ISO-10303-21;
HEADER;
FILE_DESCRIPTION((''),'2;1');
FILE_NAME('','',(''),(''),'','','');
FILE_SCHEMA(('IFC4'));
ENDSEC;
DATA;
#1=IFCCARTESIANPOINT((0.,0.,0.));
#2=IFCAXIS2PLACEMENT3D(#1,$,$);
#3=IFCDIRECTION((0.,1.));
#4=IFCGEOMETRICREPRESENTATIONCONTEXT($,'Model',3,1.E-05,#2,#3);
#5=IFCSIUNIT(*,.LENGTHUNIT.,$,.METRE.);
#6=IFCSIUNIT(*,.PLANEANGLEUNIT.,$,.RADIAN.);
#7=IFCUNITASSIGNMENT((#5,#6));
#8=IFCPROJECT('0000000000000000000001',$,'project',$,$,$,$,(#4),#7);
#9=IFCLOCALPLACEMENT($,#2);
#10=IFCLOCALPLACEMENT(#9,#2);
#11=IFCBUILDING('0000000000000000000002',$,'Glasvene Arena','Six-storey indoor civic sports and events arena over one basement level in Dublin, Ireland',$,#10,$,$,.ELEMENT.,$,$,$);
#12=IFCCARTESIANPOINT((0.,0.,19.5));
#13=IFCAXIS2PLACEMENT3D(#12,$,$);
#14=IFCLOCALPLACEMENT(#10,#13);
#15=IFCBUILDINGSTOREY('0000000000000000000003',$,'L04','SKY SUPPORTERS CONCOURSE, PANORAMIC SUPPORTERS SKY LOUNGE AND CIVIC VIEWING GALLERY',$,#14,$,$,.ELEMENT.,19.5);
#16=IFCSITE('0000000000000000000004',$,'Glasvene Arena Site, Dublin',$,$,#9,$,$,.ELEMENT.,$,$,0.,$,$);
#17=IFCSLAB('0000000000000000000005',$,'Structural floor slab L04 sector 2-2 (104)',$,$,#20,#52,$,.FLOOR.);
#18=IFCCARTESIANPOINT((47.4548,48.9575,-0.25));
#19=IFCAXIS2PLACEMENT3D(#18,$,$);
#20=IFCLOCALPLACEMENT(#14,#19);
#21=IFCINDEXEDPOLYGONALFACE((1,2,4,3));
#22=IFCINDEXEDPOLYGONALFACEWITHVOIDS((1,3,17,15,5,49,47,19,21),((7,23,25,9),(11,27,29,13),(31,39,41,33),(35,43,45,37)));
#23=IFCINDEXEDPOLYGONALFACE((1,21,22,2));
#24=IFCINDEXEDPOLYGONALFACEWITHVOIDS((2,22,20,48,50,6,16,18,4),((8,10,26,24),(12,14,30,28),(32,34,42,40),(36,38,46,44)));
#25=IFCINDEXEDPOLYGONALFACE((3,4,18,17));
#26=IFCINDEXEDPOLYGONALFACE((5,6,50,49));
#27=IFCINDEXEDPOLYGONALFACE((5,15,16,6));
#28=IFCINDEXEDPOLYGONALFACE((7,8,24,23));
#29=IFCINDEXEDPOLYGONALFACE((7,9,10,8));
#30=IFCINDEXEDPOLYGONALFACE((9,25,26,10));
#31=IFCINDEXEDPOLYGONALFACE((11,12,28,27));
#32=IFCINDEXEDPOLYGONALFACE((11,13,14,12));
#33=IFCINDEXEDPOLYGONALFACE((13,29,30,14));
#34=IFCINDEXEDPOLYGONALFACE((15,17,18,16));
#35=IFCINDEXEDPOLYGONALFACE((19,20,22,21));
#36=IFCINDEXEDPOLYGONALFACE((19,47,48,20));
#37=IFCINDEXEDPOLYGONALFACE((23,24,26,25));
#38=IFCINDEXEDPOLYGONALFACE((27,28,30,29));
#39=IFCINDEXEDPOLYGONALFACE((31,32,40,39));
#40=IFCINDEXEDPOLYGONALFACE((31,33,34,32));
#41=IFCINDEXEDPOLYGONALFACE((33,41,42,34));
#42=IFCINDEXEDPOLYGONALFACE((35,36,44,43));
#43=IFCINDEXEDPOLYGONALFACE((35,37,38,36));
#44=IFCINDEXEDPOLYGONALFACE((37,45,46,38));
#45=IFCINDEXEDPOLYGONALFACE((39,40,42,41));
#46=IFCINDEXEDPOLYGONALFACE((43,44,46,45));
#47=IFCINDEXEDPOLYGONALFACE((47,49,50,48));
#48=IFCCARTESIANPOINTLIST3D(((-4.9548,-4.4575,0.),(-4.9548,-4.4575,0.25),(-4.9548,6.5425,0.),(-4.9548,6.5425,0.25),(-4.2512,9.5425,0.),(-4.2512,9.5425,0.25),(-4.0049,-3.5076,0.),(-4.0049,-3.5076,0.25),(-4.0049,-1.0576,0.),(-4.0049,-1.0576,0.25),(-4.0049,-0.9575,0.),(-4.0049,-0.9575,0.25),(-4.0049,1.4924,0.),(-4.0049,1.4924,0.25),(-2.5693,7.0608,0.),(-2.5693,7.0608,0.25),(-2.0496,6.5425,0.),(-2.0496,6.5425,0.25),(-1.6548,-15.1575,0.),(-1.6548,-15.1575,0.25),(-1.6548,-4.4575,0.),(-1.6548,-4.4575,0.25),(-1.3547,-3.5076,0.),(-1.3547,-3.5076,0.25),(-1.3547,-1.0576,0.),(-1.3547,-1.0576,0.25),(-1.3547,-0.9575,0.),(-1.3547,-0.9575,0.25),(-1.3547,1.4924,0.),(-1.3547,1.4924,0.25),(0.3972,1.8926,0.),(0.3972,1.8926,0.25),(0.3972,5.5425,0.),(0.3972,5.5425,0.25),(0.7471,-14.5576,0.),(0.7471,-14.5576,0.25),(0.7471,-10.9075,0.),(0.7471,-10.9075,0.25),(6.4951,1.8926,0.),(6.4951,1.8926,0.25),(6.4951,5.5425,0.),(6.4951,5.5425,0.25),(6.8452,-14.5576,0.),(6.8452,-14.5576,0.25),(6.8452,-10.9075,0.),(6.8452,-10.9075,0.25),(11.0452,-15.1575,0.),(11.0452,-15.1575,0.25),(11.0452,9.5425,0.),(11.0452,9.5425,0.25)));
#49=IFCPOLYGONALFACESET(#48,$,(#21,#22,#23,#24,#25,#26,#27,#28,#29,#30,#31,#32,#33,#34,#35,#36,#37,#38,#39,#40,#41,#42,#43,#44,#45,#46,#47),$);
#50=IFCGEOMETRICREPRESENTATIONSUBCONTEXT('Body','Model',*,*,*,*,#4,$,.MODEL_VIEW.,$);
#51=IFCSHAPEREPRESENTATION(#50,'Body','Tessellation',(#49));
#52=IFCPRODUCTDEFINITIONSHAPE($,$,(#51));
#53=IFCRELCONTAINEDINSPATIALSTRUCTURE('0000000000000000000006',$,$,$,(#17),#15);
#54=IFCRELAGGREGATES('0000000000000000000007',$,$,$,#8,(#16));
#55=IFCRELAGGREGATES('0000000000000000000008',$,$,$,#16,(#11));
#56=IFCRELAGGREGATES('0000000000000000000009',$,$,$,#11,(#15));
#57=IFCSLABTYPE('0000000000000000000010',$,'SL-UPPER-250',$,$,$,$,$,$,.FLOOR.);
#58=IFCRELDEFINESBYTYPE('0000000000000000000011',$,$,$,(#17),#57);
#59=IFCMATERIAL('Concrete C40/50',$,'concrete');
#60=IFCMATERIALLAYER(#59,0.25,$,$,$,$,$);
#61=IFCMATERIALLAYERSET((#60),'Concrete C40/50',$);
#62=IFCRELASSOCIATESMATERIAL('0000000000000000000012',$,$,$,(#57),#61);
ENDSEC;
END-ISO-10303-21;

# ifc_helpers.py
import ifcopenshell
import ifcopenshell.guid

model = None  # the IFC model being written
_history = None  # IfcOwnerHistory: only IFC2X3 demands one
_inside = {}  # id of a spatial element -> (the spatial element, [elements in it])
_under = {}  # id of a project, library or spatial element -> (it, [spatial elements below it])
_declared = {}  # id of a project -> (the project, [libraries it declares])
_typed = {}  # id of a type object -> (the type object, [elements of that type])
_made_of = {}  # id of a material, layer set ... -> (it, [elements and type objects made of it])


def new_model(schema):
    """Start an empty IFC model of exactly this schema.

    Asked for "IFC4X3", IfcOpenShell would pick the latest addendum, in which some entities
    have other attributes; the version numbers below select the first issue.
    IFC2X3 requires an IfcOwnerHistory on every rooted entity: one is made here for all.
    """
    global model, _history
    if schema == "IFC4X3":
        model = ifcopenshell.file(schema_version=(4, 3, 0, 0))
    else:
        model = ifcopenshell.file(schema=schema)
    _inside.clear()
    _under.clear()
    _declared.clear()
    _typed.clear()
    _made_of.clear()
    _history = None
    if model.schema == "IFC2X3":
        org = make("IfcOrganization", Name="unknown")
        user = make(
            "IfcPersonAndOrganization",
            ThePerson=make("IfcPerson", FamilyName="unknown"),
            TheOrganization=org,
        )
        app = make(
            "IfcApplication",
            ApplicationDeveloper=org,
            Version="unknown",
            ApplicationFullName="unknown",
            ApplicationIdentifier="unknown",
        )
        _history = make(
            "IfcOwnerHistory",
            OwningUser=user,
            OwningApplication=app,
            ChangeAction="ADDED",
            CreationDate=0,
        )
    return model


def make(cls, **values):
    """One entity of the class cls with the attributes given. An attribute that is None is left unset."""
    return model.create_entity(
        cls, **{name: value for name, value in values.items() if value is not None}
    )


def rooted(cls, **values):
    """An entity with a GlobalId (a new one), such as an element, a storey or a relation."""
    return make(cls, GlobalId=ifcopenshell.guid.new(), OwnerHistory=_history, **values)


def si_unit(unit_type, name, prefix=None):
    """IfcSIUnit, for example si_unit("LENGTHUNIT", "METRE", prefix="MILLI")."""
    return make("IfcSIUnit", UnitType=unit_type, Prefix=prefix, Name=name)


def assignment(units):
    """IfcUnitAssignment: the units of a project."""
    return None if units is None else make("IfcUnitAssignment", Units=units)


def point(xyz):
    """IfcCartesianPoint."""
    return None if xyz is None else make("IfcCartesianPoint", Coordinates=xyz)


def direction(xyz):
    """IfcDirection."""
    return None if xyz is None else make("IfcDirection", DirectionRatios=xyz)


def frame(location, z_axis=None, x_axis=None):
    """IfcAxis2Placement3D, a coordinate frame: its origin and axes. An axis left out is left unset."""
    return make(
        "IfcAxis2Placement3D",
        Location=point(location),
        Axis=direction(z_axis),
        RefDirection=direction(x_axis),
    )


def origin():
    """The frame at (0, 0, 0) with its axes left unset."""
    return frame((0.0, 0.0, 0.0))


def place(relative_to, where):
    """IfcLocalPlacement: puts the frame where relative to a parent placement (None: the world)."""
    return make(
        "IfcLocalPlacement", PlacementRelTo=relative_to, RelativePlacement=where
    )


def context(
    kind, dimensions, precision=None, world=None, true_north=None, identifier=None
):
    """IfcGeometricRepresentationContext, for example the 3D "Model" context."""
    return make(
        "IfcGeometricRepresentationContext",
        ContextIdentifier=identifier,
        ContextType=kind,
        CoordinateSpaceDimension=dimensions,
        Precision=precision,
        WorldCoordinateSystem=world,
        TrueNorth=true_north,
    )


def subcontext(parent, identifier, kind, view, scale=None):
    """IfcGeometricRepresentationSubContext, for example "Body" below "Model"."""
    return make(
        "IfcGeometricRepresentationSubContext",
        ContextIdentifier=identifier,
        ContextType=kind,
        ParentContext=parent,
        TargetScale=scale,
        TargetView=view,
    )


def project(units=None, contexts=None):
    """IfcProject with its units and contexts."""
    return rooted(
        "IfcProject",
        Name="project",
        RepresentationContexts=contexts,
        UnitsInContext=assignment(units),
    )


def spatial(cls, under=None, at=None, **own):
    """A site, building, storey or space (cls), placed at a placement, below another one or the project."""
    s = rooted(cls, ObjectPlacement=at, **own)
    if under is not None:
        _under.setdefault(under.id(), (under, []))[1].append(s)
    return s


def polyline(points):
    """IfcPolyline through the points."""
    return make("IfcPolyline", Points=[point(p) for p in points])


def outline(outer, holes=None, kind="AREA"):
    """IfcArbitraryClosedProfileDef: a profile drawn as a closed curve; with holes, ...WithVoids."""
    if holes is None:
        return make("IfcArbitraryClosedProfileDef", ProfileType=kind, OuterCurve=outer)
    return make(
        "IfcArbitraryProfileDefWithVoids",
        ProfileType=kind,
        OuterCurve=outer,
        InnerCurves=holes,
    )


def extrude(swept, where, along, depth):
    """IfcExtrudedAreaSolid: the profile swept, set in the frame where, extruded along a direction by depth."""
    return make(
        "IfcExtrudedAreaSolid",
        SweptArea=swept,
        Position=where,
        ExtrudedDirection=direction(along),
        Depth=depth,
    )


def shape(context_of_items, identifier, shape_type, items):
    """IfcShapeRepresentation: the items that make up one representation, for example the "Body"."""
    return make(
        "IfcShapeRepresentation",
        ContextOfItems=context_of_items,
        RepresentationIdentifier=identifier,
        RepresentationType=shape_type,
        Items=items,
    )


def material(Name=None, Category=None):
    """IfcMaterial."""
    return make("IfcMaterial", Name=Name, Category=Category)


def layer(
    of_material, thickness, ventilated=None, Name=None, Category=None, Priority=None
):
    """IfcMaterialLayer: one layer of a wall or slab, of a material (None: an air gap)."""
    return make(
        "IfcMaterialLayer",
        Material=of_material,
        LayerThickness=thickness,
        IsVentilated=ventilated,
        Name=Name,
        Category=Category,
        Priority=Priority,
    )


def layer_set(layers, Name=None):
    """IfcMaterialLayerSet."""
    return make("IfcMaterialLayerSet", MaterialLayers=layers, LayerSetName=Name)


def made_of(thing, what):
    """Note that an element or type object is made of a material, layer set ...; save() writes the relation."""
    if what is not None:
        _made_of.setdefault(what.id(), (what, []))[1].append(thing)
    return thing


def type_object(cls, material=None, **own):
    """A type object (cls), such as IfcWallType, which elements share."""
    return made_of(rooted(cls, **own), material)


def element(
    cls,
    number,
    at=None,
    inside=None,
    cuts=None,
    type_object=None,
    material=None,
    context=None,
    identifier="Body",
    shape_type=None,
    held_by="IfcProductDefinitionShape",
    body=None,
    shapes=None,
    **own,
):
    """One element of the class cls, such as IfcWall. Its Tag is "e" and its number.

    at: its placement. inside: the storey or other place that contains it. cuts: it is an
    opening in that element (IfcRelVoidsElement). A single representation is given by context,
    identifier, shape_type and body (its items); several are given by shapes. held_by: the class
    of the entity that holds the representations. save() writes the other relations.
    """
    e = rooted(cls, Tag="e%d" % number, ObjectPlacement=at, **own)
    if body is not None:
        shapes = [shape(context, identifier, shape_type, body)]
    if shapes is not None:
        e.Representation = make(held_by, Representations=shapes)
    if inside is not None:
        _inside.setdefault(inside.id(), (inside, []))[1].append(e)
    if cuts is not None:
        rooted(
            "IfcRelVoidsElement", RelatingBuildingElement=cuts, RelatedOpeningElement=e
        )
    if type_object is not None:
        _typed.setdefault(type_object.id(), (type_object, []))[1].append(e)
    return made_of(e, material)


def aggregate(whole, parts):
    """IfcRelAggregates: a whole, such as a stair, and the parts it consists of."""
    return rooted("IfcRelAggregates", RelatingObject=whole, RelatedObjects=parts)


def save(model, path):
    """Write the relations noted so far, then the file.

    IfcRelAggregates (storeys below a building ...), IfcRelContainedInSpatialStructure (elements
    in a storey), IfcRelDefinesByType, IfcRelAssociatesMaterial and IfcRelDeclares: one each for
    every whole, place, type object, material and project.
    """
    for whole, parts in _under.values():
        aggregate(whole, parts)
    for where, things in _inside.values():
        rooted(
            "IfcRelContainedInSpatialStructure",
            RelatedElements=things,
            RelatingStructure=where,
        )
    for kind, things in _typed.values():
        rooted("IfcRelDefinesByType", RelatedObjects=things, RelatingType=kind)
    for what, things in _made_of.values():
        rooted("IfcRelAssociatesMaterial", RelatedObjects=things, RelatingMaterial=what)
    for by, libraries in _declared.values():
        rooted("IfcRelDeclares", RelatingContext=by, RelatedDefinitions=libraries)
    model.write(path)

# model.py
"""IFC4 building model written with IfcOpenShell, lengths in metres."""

from ifc_helpers import new_model, si_unit, direction, frame, origin, place, context, subcontext, project, spatial, polyline, outline, extrude, material, layer, layer_set, type_object, element, save


model = new_model("IFC4")

# Units and contexts
model_context = context("Model", 3, precision=1e-05, world=origin(), true_north=direction((0.0, 1.0)))
body_context = subcontext(model_context, "Body", "Model", "MODEL_VIEW")
ifc_project = project(units=[si_unit("LENGTHUNIT", "METRE"), si_unit("PLANEANGLEUNIT", "RADIAN")], contexts=[model_context])

# Site, building, storey
site_placement = place(None, origin())
site = spatial("IfcSite", under=ifc_project, at=site_placement, Name="Glasvene Arena Site, Dublin", CompositionType="ELEMENT", RefElevation=0.0)
building_placement = place(site_placement, origin())
building = spatial("IfcBuilding", under=site, at=building_placement, Name="Glasvene Arena", Description="Six-storey indoor civic sports and events arena over one basement level in Dublin, Ireland", CompositionType="ELEMENT")
storey_placement = place(building_placement, frame((0.0, 0.0, 19.5)))
storey = spatial("IfcBuildingStorey", under=building, at=storey_placement, Name="L04", Description="SKY SUPPORTERS CONCOURSE, PANORAMIC SUPPORTERS SKY LOUNGE AND CIVIC VIEWING GALLERY", CompositionType="ELEMENT", Elevation=19.5)

# Slab
ifc_material_1 = material(Name="Concrete C40/50", Category="concrete")
ifc_layer_1 = layer(ifc_material_1, 0.25)
ifc_layer_set_1 = layer_set([ifc_layer_1], Name="Concrete C40/50")
slab_type = type_object("IfcSlabType", Name="SL-UPPER-250", PredefinedType="FLOOR", material=ifc_layer_set_1)
slab_placement = place(storey_placement, frame((47.4548, 48.9575, -0.25)))
element("IfcSlab", 1, at=slab_placement, inside=storey, type_object=slab_type, Name="Structural floor slab L04 sector 2-2 (104)", PredefinedType="FLOOR", context=body_context, shape_type="SweptSolid", body=[
    extrude(outline(polyline([(-1.6548, -4.4575), (-4.9548, -4.4575), (-4.9548, 6.5425), (-2.0496, 6.5425), (-2.5693, 7.0608), (-4.2512, 9.5425), (11.0452, 9.5425), (11.0452, -15.1575), (-1.6548, -15.1575), (-1.6548, -4.4575)]), holes=[polyline([(6.8452, -10.9075), (0.7471, -10.9075), (0.7471, -14.5576), (6.8452, -14.5576), (6.8452, -10.9075)]), polyline([(-1.3547, -1.0576), (-4.0049, -1.0576), (-4.0049, -3.5076), (-1.3547, -3.5076), (-1.3547, -1.0576)]), polyline([(-1.3547, 1.4924), (-4.0049, 1.4924), (-4.0049, -0.9575), (-1.3547, -0.9575), (-1.3547, 1.4924)]), polyline([(6.4951, 1.8926), (6.4951, 5.5425), (0.3972, 5.5425), (0.3972, 1.8926), (6.4951, 1.8926)])]), origin(), (0.0, 0.0, 1.0), 0.25),
])

save(model, "model.ifc")
